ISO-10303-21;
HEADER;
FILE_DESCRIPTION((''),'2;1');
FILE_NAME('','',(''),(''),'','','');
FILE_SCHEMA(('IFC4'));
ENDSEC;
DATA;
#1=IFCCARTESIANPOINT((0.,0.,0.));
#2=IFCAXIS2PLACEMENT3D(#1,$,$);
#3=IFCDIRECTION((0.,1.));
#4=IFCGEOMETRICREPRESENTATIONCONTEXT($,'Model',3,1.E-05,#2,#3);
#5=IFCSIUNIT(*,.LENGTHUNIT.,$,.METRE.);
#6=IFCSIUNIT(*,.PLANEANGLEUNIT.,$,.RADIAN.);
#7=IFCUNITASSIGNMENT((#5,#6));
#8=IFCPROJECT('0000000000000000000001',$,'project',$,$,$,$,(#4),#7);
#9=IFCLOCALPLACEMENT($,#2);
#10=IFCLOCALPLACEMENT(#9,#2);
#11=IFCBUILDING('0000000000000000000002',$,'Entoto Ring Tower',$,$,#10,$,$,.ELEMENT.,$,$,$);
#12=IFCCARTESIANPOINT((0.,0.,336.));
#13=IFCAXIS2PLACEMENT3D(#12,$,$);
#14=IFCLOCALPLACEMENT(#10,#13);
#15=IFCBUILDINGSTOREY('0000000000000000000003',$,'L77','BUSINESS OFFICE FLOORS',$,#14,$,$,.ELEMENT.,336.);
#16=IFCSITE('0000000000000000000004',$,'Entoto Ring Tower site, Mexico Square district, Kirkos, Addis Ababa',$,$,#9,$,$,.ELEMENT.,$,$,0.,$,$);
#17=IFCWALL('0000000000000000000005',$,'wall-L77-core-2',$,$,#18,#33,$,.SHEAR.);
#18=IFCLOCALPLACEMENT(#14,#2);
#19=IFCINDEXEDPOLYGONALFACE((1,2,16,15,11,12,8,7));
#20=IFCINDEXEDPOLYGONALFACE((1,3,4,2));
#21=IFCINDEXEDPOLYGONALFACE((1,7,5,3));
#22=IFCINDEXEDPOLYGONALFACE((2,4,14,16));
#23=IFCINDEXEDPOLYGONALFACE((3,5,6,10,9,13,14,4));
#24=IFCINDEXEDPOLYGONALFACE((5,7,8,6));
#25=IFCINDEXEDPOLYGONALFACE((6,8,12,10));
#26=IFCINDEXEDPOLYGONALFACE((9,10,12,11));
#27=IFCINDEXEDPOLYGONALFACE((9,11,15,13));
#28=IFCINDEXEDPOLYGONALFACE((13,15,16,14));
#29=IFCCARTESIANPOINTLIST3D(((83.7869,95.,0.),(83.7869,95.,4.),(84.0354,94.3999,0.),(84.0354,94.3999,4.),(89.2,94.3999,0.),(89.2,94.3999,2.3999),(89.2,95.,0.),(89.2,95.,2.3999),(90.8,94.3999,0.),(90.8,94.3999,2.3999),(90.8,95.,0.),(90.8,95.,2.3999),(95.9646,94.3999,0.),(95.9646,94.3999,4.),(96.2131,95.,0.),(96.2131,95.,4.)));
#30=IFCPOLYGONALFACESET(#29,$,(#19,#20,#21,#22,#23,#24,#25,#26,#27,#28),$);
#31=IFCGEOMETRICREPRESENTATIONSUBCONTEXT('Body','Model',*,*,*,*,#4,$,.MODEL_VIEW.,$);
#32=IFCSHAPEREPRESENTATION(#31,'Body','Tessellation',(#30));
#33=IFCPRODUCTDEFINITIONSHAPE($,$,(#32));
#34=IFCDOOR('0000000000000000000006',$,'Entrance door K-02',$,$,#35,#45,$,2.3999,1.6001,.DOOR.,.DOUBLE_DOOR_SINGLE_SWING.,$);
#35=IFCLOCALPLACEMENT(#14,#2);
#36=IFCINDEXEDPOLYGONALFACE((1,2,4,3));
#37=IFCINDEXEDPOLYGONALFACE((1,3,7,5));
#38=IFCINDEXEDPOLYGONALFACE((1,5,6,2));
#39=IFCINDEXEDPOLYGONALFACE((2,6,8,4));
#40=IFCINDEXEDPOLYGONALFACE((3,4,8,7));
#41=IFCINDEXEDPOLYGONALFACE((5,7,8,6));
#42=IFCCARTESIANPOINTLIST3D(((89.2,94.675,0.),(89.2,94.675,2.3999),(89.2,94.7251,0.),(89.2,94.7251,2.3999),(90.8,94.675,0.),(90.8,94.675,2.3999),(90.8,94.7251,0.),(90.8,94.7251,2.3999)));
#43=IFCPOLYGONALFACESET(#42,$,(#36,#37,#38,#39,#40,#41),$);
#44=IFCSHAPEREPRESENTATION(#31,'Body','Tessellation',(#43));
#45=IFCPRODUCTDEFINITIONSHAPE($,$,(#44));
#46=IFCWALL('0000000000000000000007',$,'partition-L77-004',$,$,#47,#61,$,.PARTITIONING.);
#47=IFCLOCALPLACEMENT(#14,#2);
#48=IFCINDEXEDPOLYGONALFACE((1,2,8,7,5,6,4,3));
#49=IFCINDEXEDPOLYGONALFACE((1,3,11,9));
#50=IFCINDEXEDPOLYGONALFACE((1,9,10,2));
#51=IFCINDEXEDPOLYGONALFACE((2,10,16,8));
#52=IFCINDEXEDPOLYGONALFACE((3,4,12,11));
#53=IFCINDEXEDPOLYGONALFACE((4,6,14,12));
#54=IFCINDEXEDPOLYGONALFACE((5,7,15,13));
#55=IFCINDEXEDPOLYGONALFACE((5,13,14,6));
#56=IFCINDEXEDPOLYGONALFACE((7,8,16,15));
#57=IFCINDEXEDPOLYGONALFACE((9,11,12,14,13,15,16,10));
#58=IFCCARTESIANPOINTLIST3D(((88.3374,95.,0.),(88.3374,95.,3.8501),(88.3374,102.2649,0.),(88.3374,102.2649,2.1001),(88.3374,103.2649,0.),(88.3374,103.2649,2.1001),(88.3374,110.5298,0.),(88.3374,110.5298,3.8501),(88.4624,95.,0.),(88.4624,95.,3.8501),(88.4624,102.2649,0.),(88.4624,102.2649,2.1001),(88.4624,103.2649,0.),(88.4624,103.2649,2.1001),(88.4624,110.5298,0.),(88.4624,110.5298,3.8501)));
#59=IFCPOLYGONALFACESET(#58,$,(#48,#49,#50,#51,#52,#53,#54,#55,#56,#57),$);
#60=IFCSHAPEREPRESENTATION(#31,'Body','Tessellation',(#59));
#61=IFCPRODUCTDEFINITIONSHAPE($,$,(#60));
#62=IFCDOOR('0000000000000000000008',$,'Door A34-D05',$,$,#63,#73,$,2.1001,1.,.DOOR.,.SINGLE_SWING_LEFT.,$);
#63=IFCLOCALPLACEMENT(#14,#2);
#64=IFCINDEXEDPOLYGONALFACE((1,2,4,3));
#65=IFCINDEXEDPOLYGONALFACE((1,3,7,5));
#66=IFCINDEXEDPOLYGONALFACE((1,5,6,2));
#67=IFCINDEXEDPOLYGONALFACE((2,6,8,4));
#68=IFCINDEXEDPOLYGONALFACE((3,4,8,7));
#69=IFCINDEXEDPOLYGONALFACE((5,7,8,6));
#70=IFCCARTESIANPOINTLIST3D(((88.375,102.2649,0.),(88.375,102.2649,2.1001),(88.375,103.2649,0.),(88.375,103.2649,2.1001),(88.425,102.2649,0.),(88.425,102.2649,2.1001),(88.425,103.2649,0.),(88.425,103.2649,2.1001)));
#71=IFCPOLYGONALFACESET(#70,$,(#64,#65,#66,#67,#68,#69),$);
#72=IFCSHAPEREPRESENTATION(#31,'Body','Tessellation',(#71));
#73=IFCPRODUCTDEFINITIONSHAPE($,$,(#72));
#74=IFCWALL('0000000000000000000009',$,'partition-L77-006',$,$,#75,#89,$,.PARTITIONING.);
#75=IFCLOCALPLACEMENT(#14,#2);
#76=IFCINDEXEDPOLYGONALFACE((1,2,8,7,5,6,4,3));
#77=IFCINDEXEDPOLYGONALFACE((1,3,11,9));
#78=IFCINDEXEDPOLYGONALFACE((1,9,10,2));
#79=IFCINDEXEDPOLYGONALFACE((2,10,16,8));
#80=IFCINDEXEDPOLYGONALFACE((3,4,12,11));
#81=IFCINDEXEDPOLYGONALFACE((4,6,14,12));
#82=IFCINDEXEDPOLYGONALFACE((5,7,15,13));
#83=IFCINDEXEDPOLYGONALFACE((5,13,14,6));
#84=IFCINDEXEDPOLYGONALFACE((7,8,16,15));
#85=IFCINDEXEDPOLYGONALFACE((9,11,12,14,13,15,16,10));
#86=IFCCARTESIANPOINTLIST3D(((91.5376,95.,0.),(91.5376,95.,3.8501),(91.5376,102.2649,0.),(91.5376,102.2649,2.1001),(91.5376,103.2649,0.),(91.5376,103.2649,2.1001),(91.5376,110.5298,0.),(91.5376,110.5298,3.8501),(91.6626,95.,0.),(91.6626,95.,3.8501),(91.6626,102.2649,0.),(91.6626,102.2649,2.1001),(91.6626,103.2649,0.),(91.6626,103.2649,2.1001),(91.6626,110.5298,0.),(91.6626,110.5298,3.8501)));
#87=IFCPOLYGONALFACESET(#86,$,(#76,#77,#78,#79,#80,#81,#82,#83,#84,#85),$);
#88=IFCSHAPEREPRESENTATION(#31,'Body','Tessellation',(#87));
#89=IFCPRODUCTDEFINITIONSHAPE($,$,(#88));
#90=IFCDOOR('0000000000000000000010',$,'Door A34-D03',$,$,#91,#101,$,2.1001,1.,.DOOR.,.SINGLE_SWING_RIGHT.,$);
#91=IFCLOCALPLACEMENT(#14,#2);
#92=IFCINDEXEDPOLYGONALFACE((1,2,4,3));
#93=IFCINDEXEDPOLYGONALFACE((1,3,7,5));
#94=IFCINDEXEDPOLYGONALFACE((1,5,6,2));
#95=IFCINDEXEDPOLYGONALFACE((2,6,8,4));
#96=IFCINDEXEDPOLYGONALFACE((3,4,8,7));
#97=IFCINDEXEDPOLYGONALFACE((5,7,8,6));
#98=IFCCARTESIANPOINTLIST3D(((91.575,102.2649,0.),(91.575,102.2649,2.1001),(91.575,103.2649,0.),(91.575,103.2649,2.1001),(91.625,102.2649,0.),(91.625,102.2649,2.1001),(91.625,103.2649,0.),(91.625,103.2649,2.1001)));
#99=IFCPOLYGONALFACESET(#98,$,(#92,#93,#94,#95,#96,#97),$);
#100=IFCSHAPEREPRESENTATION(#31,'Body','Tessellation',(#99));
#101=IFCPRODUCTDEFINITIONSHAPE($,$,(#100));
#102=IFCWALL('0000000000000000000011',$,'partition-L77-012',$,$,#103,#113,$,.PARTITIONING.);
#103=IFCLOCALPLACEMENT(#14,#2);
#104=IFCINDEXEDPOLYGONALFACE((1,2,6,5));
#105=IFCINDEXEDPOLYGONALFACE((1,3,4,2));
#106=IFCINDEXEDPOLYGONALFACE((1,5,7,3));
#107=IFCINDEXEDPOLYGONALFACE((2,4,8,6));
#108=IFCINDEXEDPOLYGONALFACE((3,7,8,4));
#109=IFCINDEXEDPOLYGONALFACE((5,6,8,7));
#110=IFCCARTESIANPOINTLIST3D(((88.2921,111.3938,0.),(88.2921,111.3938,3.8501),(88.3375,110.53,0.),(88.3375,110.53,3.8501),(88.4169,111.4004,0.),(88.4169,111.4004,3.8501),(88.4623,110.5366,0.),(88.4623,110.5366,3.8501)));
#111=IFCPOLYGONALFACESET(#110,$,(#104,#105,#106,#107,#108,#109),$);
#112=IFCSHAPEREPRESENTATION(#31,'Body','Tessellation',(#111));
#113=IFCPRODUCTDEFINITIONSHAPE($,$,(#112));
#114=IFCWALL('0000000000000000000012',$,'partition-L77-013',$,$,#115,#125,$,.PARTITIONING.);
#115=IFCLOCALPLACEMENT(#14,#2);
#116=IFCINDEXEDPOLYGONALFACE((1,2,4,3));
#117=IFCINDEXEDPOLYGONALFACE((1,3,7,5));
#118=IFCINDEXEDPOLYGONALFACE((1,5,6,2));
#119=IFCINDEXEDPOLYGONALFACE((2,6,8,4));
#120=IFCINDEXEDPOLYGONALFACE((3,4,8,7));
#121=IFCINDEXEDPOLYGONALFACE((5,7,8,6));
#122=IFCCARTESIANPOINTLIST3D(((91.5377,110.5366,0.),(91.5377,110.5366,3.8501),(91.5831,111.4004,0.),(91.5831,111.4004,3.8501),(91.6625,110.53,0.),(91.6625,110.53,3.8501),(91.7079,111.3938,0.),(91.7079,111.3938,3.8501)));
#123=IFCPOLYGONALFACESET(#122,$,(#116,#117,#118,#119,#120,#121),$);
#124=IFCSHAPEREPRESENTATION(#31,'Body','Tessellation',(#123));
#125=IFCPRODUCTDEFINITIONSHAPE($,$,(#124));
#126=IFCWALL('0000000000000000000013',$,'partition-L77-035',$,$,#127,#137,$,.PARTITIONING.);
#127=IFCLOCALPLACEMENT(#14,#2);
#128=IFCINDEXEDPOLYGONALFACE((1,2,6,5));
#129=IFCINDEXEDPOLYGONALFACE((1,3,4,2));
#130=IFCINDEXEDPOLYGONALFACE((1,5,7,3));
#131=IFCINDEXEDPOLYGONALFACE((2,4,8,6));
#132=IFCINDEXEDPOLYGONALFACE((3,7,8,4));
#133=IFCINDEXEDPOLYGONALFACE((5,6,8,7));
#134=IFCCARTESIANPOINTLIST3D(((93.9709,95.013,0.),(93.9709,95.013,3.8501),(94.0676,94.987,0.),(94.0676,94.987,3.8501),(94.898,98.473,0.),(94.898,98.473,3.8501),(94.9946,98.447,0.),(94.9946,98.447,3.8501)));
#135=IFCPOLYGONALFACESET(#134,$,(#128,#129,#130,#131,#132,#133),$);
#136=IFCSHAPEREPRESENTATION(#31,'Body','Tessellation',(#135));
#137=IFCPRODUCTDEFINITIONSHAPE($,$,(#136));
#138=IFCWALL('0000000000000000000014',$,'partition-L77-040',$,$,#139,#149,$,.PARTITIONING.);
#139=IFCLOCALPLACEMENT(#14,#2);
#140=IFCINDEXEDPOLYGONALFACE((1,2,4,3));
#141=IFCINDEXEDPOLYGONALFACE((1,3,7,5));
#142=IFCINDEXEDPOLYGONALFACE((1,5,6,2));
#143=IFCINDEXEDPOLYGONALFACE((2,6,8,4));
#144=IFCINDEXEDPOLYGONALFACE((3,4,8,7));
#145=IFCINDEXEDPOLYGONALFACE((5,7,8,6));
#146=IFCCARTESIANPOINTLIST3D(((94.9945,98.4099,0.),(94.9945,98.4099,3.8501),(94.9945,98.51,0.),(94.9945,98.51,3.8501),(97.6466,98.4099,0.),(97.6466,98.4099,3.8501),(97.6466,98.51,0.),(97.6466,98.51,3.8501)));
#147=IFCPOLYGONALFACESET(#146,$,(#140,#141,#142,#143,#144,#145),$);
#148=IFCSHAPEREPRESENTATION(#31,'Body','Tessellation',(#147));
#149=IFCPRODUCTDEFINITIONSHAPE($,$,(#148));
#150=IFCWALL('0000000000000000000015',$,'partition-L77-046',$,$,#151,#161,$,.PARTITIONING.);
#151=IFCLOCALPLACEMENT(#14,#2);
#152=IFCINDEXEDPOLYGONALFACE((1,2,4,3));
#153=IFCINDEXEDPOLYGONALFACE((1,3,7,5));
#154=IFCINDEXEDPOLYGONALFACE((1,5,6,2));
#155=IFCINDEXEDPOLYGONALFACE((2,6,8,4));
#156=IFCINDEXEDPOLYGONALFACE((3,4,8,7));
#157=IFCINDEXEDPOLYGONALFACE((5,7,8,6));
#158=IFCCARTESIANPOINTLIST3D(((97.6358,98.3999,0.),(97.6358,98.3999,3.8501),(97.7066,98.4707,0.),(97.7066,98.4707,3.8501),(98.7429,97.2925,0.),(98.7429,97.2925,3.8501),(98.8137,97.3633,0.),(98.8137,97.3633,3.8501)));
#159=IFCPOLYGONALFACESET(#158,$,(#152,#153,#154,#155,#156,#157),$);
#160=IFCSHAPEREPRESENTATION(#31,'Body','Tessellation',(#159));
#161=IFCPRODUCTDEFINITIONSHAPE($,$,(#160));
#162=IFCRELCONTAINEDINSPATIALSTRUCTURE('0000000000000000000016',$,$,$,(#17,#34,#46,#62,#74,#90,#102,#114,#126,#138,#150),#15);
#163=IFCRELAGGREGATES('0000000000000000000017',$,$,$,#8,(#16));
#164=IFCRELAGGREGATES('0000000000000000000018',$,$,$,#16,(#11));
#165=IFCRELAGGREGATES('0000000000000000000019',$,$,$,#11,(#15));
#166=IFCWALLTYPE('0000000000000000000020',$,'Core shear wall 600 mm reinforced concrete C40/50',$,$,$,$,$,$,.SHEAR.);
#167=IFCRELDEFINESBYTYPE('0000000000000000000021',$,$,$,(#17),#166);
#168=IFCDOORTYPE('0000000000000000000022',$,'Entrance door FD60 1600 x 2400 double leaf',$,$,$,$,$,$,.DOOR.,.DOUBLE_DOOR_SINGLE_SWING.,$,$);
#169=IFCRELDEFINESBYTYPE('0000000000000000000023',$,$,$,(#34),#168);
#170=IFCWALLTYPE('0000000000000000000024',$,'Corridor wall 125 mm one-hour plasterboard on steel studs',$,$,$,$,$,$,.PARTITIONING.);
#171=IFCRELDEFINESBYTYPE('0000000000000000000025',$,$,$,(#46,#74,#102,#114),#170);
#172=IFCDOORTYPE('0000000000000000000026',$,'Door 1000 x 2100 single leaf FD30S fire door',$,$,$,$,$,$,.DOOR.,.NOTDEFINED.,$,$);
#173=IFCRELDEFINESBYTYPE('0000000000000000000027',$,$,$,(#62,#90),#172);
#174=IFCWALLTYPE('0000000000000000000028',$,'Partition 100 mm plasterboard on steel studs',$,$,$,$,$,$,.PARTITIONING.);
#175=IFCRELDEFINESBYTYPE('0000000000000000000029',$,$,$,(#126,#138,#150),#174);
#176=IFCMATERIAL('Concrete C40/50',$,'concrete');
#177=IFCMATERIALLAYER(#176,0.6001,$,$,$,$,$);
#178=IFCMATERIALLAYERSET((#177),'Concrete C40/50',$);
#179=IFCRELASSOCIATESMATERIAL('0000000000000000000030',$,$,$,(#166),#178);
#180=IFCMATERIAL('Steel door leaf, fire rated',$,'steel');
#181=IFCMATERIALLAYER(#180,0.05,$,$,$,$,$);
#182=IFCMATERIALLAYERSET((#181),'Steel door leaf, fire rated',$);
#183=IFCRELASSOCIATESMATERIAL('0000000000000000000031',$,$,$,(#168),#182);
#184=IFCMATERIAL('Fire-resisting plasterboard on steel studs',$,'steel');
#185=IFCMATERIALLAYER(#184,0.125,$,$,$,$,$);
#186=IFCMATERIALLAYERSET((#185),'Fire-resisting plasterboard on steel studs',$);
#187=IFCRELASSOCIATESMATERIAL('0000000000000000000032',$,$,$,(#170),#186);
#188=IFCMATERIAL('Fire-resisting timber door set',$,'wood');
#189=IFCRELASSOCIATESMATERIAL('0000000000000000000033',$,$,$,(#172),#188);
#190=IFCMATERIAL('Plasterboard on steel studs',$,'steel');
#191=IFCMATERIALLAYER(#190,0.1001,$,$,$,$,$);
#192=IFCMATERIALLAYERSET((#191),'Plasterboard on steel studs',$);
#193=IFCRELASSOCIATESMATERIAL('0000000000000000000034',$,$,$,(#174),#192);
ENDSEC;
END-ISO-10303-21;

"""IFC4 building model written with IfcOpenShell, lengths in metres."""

from ifc_helpers import new_model, si_unit, direction, frame, frame_2d, origin, place, context, subcontext, project, spatial, polyline, rectangle, outline, extrude, material, layer, layer_set, type_object, element, fill, save


model = new_model("IFC4")

# Units and contexts
model_context = context("Model", 3, precision=1e-05, world=origin(), true_north=direction((0.0, 1.0)))
body_context = subcontext(model_context, "Body", "Model", "MODEL_VIEW")
ifc_project = project(units=[si_unit("LENGTHUNIT", "METRE"), si_unit("PLANEANGLEUNIT", "RADIAN")], contexts=[model_context])

# Site, building, storey
site_placement = place(None, origin())
site = spatial("IfcSite", under=ifc_project, at=site_placement, Name="Entoto Ring Tower site, Mexico Square district, Kirkos, Addis Ababa", CompositionType="ELEMENT", RefElevation=0.0)
building_placement = place(site_placement, origin())
building = spatial("IfcBuilding", under=site, at=building_placement, Name="Entoto Ring Tower", CompositionType="ELEMENT")
storey_placement = place(building_placement, frame((0.0, 0.0, 336.0)))
storey = spatial("IfcBuildingStorey", under=building, at=storey_placement, Name="L77", Description="BUSINESS OFFICE FLOORS", CompositionType="ELEMENT", Elevation=336.0)

# Walls, openings, doors
ifc_material_1 = material(Name="Concrete C40/50", Category="concrete")
ifc_layer_1 = layer(ifc_material_1, 0.6001)
ifc_layer_set_1 = layer_set([ifc_layer_1], Name="Concrete C40/50")
wall_type_1 = type_object("IfcWallType", Name="Core shear wall 600 mm reinforced concrete C40/50", PredefinedType="SHEAR", material=ifc_layer_set_1)
wall_1_placement = place(storey_placement, frame((96.0889, 94.7, 0.0), z_axis=(0.0, 0.0, 1.0), x_axis=(-1.0, 0.0, 0.0)))
wall_1 = element("IfcWall", 1, at=wall_1_placement, inside=storey, type_object=wall_type_1, Name="wall-L77-core-2", PredefinedType="SHEAR", context=body_context, shape_type="SweptSolid", body=[
    extrude(outline(polyline([(-0.1243, -0.3), (12.302, -0.3), (12.0535, 0.3), (0.1243, 0.3), (-0.1243, -0.3)])), origin(), (0.0, 0.0, 1.0), 4.0),
])
opening_1_placement = place(wall_1_placement, frame((5.2888, 0.0, 0.0)))
opening_1 = element("IfcOpeningElement", 2, at=opening_1_placement, cuts=wall_1, PredefinedType="OPENING", context=body_context, shape_type="SweptSolid", body=[
    extrude(rectangle(XDim=1.6001, YDim=2.3999, at=frame_2d((0.8, 1.2))), frame((0.0, 0.3101, 0.0), z_axis=(0.0, -1.0, 0.0), x_axis=(1.0, 0.0, 0.0)), (0.0, 0.0, 1.0), 0.6201),
])
ifc_material_2 = material(Name="Steel door leaf, fire rated", Category="steel")
ifc_layer_2 = layer(ifc_material_2, 0.05)
ifc_layer_set_2 = layer_set([ifc_layer_2], Name="Steel door leaf, fire rated")
door_type_1 = type_object("IfcDoorType", Name="Entrance door FD60 1600 x 2400 double leaf", OperationType="DOUBLE_DOOR_SINGLE_SWING", PredefinedType="DOOR", material=ifc_layer_set_2)
door_1_placement = place(opening_1_placement, origin())
door_1 = element("IfcDoor", 3, at=door_1_placement, inside=storey, type_object=door_type_1, Name="Entrance door K-02", OperationType="DOUBLE_DOOR_SINGLE_SWING", OverallHeight=2.3999, OverallWidth=1.6001, PredefinedType="DOOR", context=body_context, shape_type="SweptSolid", body=[
    extrude(rectangle(XDim=1.6001, YDim=2.3999, at=frame_2d((0.8, 1.2))), frame((0.0, 0.0249, 0.0), z_axis=(0.0, -1.0, 0.0), x_axis=(1.0, 0.0, 0.0)), (0.0, 0.0, 1.0), 0.05),
])
fill(opening_1, door_1)
ifc_material_3 = material(Name="Fire-resisting plasterboard on steel studs", Category="steel")
ifc_layer_3 = layer(ifc_material_3, 0.125)
ifc_layer_set_3 = layer_set([ifc_layer_3], Name="Fire-resisting plasterboard on steel studs")
wall_type_2 = type_object("IfcWallType", Name="Corridor wall 125 mm one-hour plasterboard on steel studs", PredefinedType="PARTITIONING", material=ifc_layer_set_3)
wall_2_placement = place(storey_placement, frame((88.3999, 95.0, 0.0), z_axis=(0.0, 0.0, 1.0), x_axis=(0.0, 1.0, 0.0)))
wall_2 = element("IfcWall", 4, at=wall_2_placement, inside=storey, type_object=wall_type_2, Name="partition-L77-004", PredefinedType="PARTITIONING", context=body_context, shape_type="SweptSolid", body=[
    extrude(rectangle(XDim=15.5298, YDim=0.125, at=frame_2d((7.7649, 0.0))), origin(), (0.0, 0.0, 1.0), 3.8501),
])
opening_2_placement = place(wall_2_placement, frame((7.2649, 0.0, 0.0)))
opening_2 = element("IfcOpeningElement", 5, at=opening_2_placement, cuts=wall_2, PredefinedType="OPENING", context=body_context, shape_type="SweptSolid", body=[
    extrude(rectangle(XDim=1.0, YDim=2.1001, at=frame_2d((0.5, 1.05))), frame((0.0, 0.0725, 0.0), z_axis=(0.0, -1.0, 0.0), x_axis=(1.0, 0.0, 0.0)), (0.0, 0.0, 1.0), 0.145),
])
ifc_material_4 = material(Name="Fire-resisting timber door set", Category="wood")
door_type_2 = type_object("IfcDoorType", Name="Door 1000 x 2100 single leaf FD30S fire door", OperationType="NOTDEFINED", PredefinedType="DOOR", material=ifc_material_4)
door_2_placement = place(opening_2_placement, origin())
door_2 = element("IfcDoor", 6, at=door_2_placement, inside=storey, type_object=door_type_2, Name="Door A34-D05", OperationType="SINGLE_SWING_LEFT", OverallHeight=2.1001, OverallWidth=1.0, PredefinedType="DOOR", context=body_context, shape_type="SweptSolid", body=[
    extrude(rectangle(XDim=1.0, YDim=2.1001, at=frame_2d((0.5, 1.05))), frame((0.0, 0.0249, 0.0), z_axis=(0.0, -1.0, 0.0), x_axis=(1.0, 0.0, 0.0)), (0.0, 0.0, 1.0), 0.05),
])
fill(opening_2, door_2)
wall_3_placement = place(storey_placement, frame((91.6001, 95.0, 0.0), z_axis=(0.0, 0.0, 1.0), x_axis=(0.0, 1.0, 0.0)))
wall_3 = element("IfcWall", 7, at=wall_3_placement, inside=storey, type_object=wall_type_2, Name="partition-L77-006", PredefinedType="PARTITIONING", context=body_context, shape_type="SweptSolid", body=[
    extrude(rectangle(XDim=15.5298, YDim=0.125, at=frame_2d((7.7649, 0.0))), origin(), (0.0, 0.0, 1.0), 3.8501),
])
opening_3_placement = place(wall_3_placement, frame((7.2649, 0.0, 0.0)))
opening_3 = element("IfcOpeningElement", 8, at=opening_3_placement, cuts=wall_3, PredefinedType="OPENING", context=body_context, shape_type="SweptSolid", body=[
    extrude(rectangle(XDim=1.0, YDim=2.1001, at=frame_2d((0.5, 1.05))), frame((0.0, 0.0725, 0.0), z_axis=(0.0, -1.0, 0.0), x_axis=(1.0, 0.0, 0.0)), (0.0, 0.0, 1.0), 0.145),
])
door_3_placement = place(opening_3_placement, frame((1.0, 0.0, 0.0), z_axis=(0.0, 0.0, 1.0), x_axis=(-1.0, 0.0, 0.0)))
door_3 = element("IfcDoor", 9, at=door_3_placement, inside=storey, type_object=door_type_2, Name="Door A34-D03", OperationType="SINGLE_SWING_RIGHT", OverallHeight=2.1001, OverallWidth=1.0, PredefinedType="DOOR", context=body_context, shape_type="SweptSolid", body=[
    extrude(rectangle(XDim=1.0, YDim=2.1001, at=frame_2d((0.5, 1.05))), frame((0.0, 0.0249, 0.0), z_axis=(0.0, -1.0, 0.0), x_axis=(1.0, 0.0, 0.0)), (0.0, 0.0, 1.0), 0.05),
])
fill(opening_3, door_3)

# Walls
for number, where, z_axis, x_axis, name in (
    (10, (88.3999, 110.5332, 0.0), (0.0, 0.0, 1.0), (-0.0525, 0.998621, 0.0), "partition-L77-012"),
    (11, (91.6001, 110.5332, 0.0), (0.0, 0.0, 1.0), (0.0525, 0.998621, 0.0), "partition-L77-013"),
):
    element("IfcWall", number, at=place(storey_placement, frame(where, z_axis=z_axis, x_axis=x_axis)), inside=storey, type_object=wall_type_2, Name=name, PredefinedType="PARTITIONING", context=body_context, shape_type="SweptSolid", body=[
        extrude(rectangle(XDim=0.865, YDim=0.125, at=frame_2d((0.4326, 0.0))), origin(), (0.0, 0.0, 1.0), 3.8501),
    ])
ifc_material_5 = material(Name="Plasterboard on steel studs", Category="steel")
ifc_layer_4 = layer(ifc_material_5, 0.1001)
ifc_layer_set_4 = layer_set([ifc_layer_4], Name="Plasterboard on steel studs")
wall_type_3 = type_object("IfcWallType", Name="Partition 100 mm plasterboard on steel studs", PredefinedType="PARTITIONING", material=ifc_layer_set_4)
wall_4_placement = place(storey_placement, frame((94.0193, 95.0, 0.0), z_axis=(0.0, 0.0, 1.0), x_axis=(0.258795, 0.965932, 0.0)))
element("IfcWall", 12, at=wall_4_placement, inside=storey, type_object=wall_type_3, Name="partition-L77-035", PredefinedType="PARTITIONING", context=body_context, shape_type="SweptSolid", body=[
    extrude(rectangle(XDim=3.582, YDim=0.1001, at=frame_2d((1.791, 0.0))), origin(), (0.0, 0.0, 1.0), 3.8501),
])
wall_5_placement = place(storey_placement, frame((94.9944, 98.46, 0.0), z_axis=(0.0, 0.0, 1.0), x_axis=(1.0, 0.0, 0.0)))
element("IfcWall", 13, at=wall_5_placement, inside=storey, type_object=wall_type_3, Name="partition-L77-040", PredefinedType="PARTITIONING", context=body_context, shape_type="SweptSolid", body=[
    extrude(rectangle(XDim=2.6521, YDim=0.1001, at=frame_2d((1.3262, 0.0))), origin(), (0.0, 0.0, 1.0), 3.8501),
])
wall_6_placement = place(storey_placement, frame((98.7783, 97.3279, 0.0), z_axis=(0.0, 0.0, 1.0), x_axis=(-0.707029, 0.707185, 0.0)))
element("IfcWall", 14, at=wall_6_placement, inside=storey, type_object=wall_type_3, Name="partition-L77-046", PredefinedType="PARTITIONING", context=body_context, shape_type="SweptSolid", body=[
    extrude(rectangle(XDim=1.5659, YDim=0.1001, at=frame_2d((0.783, 0.0))), origin(), (0.0, 0.0, 1.0), 3.8501),
])

save(model, "model.ifc")
